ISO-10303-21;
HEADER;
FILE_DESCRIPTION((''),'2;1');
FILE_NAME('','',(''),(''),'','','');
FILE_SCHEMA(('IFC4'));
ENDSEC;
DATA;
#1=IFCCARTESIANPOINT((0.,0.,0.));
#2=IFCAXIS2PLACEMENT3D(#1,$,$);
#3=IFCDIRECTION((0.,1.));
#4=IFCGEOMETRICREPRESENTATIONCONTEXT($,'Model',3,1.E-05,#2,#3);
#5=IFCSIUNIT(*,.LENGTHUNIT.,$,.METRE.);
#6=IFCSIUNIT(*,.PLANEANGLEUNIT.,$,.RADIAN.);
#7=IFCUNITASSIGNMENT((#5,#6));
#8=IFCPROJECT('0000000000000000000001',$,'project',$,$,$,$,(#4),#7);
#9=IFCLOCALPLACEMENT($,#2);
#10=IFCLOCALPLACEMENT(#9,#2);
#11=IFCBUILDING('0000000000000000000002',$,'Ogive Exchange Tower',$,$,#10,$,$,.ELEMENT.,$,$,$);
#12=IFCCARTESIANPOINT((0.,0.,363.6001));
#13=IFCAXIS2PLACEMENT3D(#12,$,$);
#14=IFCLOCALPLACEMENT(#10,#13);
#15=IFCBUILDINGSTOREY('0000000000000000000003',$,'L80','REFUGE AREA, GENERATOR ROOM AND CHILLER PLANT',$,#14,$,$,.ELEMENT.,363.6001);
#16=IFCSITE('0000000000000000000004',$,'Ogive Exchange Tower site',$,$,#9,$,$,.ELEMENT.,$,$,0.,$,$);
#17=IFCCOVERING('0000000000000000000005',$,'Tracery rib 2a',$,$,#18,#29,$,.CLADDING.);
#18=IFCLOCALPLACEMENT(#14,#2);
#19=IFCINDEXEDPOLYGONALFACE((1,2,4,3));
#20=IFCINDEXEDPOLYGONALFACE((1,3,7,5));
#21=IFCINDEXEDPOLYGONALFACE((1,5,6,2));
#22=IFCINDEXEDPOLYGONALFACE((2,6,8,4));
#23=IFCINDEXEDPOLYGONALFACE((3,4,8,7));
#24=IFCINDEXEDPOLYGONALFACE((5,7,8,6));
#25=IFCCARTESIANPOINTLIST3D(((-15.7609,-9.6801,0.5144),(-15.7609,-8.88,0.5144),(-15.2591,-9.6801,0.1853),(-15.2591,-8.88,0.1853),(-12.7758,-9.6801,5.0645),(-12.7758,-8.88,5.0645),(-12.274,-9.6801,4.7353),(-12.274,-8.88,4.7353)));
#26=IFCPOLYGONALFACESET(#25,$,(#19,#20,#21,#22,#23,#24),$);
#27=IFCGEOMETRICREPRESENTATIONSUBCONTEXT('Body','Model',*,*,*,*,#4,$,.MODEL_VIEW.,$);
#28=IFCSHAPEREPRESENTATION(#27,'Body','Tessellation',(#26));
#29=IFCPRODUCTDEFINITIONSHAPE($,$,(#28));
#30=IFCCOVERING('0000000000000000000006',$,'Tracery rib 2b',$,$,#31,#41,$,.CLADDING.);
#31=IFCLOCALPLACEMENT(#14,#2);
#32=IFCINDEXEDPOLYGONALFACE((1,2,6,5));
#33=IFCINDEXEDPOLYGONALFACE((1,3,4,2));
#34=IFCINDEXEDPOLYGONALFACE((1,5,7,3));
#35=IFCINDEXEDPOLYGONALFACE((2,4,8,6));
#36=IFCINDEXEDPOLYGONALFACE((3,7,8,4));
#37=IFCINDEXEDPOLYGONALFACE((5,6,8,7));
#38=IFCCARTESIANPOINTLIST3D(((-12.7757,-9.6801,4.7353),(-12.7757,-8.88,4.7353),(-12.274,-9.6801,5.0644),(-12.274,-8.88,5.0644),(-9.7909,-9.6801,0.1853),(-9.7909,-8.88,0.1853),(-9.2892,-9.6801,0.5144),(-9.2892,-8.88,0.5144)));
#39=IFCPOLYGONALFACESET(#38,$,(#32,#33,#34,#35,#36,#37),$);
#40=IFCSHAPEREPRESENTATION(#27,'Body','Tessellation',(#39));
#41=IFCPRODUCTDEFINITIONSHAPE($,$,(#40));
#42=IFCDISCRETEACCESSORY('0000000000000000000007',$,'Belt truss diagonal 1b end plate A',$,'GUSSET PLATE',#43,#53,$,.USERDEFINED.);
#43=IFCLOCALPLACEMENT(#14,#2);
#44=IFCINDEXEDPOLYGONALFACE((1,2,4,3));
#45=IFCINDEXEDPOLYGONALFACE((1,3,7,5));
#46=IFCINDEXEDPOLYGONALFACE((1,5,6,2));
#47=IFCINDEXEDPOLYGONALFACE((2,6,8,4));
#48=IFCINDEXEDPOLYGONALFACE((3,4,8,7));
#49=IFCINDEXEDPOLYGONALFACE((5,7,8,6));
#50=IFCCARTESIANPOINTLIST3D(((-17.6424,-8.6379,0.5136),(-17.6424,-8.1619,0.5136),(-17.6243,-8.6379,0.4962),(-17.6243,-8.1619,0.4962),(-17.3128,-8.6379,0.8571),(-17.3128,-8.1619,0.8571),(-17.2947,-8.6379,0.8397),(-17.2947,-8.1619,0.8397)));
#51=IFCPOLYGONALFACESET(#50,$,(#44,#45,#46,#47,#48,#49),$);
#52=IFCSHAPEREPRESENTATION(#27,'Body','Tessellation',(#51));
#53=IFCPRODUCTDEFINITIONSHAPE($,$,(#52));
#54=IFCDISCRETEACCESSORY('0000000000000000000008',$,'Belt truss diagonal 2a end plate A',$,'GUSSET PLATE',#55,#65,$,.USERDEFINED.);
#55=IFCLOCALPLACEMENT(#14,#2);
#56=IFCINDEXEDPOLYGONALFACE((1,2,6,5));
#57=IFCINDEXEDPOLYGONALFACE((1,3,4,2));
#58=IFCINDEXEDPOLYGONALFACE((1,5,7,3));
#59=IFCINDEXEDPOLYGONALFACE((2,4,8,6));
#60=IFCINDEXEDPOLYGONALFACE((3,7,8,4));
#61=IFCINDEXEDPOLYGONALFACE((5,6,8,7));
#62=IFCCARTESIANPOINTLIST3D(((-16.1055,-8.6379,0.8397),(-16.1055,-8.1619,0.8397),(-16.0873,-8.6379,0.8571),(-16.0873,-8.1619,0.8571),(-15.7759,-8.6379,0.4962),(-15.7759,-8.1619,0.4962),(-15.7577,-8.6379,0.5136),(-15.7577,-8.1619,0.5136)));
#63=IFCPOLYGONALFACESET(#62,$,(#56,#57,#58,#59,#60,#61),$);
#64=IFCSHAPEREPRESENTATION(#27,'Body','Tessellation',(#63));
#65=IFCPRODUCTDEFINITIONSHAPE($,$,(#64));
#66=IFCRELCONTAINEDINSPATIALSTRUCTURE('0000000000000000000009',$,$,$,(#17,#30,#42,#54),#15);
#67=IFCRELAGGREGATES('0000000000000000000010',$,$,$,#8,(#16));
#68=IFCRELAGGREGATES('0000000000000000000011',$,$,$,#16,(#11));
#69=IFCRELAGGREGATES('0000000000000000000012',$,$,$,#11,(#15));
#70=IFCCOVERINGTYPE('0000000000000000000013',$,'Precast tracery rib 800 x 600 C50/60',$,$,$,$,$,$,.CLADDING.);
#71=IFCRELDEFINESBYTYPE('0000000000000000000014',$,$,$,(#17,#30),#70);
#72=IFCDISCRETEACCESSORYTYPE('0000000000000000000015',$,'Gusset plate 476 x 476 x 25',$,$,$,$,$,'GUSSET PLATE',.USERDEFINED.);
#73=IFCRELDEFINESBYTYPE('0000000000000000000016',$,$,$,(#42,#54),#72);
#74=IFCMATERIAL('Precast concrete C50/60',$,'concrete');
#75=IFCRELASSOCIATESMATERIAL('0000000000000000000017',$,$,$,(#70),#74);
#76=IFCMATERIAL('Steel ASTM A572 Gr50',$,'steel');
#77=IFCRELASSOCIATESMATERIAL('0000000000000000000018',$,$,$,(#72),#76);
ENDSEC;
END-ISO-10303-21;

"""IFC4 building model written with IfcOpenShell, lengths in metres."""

from ifc_helpers import new_model, si_unit, direction, frame, origin, origin_2d, place, context, subcontext, project, spatial, rectangle, extrude, material, material_profile, profile_set, type_object, element, save


model = new_model("IFC4")

# Units and contexts
model_context = context("Model", 3, precision=1e-05, world=origin(), true_north=direction((0.0, 1.0)))
body_context = subcontext(model_context, "Body", "Model", "MODEL_VIEW")
ifc_project = project(units=[si_unit("LENGTHUNIT", "METRE"), si_unit("PLANEANGLEUNIT", "RADIAN")], contexts=[model_context])

# Site, building, storey
site_placement = place(None, origin())
site = spatial("IfcSite", under=ifc_project, at=site_placement, Name="Ogive Exchange Tower site", CompositionType="ELEMENT", RefElevation=0.0)
building_placement = place(site_placement, origin())
building = spatial("IfcBuilding", under=site, at=building_placement, Name="Ogive Exchange Tower", CompositionType="ELEMENT")
storey_placement = place(building_placement, frame((0.0, 0.0, 363.6001)))
storey = spatial("IfcBuildingStorey", under=building, at=storey_placement, Name="L80", Description="REFUGE AREA, GENERATOR ROOM AND CHILLER PLANT", CompositionType="ELEMENT", Elevation=363.6001)

# Coverings
ifc_material_1 = material(Name="Precast concrete C50/60", Category="concrete")
ifc_material_profile_1 = material_profile(ifc_material_1, rectangle(XDim=0.8, YDim=0.6001, at=origin_2d()), Name="RIB 800 x 600")
ifc_profile_set_1 = profile_set([ifc_material_profile_1], Name="Precast concrete C50/60")
covering_type = type_object("IfcCoveringType", Name="Precast tracery rib 800 x 600 C50/60", PredefinedType="CLADDING", material=ifc_profile_set_1)
covering_1_placement = place(storey_placement, frame((-15.51, -9.28, 0.3499), z_axis=(0.548546, 0.0, 0.836121), x_axis=(0.0, 1.0, 0.0)))
element("IfcCovering", 1, at=covering_1_placement, inside=storey, type_object=covering_type, Name="Tracery rib 2a", PredefinedType="CLADDING", context=body_context, shape_type="SweptSolid", body=[
    extrude(rectangle(XDim=0.8, YDim=0.6001, at=origin_2d()), origin(), (0.0, 0.0, 1.0), 5.4419),
])
covering_2_placement = place(storey_placement, frame((-9.54, -9.28, 0.3499), z_axis=(-0.548514, 0.0, 0.836141), x_axis=(0.0, -1.0, 0.0)))
element("IfcCovering", 2, at=covering_2_placement, inside=storey, type_object=covering_type, Name="Tracery rib 2b", PredefinedType="CLADDING", context=body_context, shape_type="SweptSolid", body=[
    extrude(rectangle(XDim=0.8, YDim=0.6001, at=origin_2d()), origin(), (0.0, 0.0, 1.0), 5.4417),
])

# Discrete accessories
ifc_material_2 = material(Name="Steel ASTM A572 Gr50", Category="steel")
ifc_material_profile_2 = material_profile(ifc_material_2, rectangle(XDim=0.4761, YDim=0.4761, at=origin_2d()), Name="PL 476 x 476 x 25")
ifc_profile_set_2 = profile_set([ifc_material_profile_2], Name="Steel ASTM A572 Gr50")
discrete_accessory_type = type_object("IfcDiscreteAccessoryType", Name="Gusset plate 476 x 476 x 25", ElementType="GUSSET PLATE", PredefinedType="USERDEFINED", material=ifc_profile_set_2)
for number, where, z_axis, x_axis, name in (
    (3, (-17.4595, -8.3999, 0.668), (-0.721582, 0.0, 0.692329), (0.0, -1.0, 0.0), "Belt truss diagonal 1b end plate A"),
    (4, (-15.9407, -8.3999, 0.668), (0.721582, 0.0, 0.692329), (0.0, 1.0, 0.0), "Belt truss diagonal 2a end plate A"),
):
    element("IfcDiscreteAccessory", number, at=place(storey_placement, frame(where, z_axis=z_axis, x_axis=x_axis)), inside=storey, type_object=discrete_accessory_type, Name=name, ObjectType="GUSSET PLATE", PredefinedType="USERDEFINED", context=body_context, shape_type="SweptSolid", body=[
        extrude(rectangle(XDim=0.4761, YDim=0.4761, at=origin_2d()), origin(), (0.0, 0.0, 1.0), 0.0251),
    ])

save(model, "model.ifc")
